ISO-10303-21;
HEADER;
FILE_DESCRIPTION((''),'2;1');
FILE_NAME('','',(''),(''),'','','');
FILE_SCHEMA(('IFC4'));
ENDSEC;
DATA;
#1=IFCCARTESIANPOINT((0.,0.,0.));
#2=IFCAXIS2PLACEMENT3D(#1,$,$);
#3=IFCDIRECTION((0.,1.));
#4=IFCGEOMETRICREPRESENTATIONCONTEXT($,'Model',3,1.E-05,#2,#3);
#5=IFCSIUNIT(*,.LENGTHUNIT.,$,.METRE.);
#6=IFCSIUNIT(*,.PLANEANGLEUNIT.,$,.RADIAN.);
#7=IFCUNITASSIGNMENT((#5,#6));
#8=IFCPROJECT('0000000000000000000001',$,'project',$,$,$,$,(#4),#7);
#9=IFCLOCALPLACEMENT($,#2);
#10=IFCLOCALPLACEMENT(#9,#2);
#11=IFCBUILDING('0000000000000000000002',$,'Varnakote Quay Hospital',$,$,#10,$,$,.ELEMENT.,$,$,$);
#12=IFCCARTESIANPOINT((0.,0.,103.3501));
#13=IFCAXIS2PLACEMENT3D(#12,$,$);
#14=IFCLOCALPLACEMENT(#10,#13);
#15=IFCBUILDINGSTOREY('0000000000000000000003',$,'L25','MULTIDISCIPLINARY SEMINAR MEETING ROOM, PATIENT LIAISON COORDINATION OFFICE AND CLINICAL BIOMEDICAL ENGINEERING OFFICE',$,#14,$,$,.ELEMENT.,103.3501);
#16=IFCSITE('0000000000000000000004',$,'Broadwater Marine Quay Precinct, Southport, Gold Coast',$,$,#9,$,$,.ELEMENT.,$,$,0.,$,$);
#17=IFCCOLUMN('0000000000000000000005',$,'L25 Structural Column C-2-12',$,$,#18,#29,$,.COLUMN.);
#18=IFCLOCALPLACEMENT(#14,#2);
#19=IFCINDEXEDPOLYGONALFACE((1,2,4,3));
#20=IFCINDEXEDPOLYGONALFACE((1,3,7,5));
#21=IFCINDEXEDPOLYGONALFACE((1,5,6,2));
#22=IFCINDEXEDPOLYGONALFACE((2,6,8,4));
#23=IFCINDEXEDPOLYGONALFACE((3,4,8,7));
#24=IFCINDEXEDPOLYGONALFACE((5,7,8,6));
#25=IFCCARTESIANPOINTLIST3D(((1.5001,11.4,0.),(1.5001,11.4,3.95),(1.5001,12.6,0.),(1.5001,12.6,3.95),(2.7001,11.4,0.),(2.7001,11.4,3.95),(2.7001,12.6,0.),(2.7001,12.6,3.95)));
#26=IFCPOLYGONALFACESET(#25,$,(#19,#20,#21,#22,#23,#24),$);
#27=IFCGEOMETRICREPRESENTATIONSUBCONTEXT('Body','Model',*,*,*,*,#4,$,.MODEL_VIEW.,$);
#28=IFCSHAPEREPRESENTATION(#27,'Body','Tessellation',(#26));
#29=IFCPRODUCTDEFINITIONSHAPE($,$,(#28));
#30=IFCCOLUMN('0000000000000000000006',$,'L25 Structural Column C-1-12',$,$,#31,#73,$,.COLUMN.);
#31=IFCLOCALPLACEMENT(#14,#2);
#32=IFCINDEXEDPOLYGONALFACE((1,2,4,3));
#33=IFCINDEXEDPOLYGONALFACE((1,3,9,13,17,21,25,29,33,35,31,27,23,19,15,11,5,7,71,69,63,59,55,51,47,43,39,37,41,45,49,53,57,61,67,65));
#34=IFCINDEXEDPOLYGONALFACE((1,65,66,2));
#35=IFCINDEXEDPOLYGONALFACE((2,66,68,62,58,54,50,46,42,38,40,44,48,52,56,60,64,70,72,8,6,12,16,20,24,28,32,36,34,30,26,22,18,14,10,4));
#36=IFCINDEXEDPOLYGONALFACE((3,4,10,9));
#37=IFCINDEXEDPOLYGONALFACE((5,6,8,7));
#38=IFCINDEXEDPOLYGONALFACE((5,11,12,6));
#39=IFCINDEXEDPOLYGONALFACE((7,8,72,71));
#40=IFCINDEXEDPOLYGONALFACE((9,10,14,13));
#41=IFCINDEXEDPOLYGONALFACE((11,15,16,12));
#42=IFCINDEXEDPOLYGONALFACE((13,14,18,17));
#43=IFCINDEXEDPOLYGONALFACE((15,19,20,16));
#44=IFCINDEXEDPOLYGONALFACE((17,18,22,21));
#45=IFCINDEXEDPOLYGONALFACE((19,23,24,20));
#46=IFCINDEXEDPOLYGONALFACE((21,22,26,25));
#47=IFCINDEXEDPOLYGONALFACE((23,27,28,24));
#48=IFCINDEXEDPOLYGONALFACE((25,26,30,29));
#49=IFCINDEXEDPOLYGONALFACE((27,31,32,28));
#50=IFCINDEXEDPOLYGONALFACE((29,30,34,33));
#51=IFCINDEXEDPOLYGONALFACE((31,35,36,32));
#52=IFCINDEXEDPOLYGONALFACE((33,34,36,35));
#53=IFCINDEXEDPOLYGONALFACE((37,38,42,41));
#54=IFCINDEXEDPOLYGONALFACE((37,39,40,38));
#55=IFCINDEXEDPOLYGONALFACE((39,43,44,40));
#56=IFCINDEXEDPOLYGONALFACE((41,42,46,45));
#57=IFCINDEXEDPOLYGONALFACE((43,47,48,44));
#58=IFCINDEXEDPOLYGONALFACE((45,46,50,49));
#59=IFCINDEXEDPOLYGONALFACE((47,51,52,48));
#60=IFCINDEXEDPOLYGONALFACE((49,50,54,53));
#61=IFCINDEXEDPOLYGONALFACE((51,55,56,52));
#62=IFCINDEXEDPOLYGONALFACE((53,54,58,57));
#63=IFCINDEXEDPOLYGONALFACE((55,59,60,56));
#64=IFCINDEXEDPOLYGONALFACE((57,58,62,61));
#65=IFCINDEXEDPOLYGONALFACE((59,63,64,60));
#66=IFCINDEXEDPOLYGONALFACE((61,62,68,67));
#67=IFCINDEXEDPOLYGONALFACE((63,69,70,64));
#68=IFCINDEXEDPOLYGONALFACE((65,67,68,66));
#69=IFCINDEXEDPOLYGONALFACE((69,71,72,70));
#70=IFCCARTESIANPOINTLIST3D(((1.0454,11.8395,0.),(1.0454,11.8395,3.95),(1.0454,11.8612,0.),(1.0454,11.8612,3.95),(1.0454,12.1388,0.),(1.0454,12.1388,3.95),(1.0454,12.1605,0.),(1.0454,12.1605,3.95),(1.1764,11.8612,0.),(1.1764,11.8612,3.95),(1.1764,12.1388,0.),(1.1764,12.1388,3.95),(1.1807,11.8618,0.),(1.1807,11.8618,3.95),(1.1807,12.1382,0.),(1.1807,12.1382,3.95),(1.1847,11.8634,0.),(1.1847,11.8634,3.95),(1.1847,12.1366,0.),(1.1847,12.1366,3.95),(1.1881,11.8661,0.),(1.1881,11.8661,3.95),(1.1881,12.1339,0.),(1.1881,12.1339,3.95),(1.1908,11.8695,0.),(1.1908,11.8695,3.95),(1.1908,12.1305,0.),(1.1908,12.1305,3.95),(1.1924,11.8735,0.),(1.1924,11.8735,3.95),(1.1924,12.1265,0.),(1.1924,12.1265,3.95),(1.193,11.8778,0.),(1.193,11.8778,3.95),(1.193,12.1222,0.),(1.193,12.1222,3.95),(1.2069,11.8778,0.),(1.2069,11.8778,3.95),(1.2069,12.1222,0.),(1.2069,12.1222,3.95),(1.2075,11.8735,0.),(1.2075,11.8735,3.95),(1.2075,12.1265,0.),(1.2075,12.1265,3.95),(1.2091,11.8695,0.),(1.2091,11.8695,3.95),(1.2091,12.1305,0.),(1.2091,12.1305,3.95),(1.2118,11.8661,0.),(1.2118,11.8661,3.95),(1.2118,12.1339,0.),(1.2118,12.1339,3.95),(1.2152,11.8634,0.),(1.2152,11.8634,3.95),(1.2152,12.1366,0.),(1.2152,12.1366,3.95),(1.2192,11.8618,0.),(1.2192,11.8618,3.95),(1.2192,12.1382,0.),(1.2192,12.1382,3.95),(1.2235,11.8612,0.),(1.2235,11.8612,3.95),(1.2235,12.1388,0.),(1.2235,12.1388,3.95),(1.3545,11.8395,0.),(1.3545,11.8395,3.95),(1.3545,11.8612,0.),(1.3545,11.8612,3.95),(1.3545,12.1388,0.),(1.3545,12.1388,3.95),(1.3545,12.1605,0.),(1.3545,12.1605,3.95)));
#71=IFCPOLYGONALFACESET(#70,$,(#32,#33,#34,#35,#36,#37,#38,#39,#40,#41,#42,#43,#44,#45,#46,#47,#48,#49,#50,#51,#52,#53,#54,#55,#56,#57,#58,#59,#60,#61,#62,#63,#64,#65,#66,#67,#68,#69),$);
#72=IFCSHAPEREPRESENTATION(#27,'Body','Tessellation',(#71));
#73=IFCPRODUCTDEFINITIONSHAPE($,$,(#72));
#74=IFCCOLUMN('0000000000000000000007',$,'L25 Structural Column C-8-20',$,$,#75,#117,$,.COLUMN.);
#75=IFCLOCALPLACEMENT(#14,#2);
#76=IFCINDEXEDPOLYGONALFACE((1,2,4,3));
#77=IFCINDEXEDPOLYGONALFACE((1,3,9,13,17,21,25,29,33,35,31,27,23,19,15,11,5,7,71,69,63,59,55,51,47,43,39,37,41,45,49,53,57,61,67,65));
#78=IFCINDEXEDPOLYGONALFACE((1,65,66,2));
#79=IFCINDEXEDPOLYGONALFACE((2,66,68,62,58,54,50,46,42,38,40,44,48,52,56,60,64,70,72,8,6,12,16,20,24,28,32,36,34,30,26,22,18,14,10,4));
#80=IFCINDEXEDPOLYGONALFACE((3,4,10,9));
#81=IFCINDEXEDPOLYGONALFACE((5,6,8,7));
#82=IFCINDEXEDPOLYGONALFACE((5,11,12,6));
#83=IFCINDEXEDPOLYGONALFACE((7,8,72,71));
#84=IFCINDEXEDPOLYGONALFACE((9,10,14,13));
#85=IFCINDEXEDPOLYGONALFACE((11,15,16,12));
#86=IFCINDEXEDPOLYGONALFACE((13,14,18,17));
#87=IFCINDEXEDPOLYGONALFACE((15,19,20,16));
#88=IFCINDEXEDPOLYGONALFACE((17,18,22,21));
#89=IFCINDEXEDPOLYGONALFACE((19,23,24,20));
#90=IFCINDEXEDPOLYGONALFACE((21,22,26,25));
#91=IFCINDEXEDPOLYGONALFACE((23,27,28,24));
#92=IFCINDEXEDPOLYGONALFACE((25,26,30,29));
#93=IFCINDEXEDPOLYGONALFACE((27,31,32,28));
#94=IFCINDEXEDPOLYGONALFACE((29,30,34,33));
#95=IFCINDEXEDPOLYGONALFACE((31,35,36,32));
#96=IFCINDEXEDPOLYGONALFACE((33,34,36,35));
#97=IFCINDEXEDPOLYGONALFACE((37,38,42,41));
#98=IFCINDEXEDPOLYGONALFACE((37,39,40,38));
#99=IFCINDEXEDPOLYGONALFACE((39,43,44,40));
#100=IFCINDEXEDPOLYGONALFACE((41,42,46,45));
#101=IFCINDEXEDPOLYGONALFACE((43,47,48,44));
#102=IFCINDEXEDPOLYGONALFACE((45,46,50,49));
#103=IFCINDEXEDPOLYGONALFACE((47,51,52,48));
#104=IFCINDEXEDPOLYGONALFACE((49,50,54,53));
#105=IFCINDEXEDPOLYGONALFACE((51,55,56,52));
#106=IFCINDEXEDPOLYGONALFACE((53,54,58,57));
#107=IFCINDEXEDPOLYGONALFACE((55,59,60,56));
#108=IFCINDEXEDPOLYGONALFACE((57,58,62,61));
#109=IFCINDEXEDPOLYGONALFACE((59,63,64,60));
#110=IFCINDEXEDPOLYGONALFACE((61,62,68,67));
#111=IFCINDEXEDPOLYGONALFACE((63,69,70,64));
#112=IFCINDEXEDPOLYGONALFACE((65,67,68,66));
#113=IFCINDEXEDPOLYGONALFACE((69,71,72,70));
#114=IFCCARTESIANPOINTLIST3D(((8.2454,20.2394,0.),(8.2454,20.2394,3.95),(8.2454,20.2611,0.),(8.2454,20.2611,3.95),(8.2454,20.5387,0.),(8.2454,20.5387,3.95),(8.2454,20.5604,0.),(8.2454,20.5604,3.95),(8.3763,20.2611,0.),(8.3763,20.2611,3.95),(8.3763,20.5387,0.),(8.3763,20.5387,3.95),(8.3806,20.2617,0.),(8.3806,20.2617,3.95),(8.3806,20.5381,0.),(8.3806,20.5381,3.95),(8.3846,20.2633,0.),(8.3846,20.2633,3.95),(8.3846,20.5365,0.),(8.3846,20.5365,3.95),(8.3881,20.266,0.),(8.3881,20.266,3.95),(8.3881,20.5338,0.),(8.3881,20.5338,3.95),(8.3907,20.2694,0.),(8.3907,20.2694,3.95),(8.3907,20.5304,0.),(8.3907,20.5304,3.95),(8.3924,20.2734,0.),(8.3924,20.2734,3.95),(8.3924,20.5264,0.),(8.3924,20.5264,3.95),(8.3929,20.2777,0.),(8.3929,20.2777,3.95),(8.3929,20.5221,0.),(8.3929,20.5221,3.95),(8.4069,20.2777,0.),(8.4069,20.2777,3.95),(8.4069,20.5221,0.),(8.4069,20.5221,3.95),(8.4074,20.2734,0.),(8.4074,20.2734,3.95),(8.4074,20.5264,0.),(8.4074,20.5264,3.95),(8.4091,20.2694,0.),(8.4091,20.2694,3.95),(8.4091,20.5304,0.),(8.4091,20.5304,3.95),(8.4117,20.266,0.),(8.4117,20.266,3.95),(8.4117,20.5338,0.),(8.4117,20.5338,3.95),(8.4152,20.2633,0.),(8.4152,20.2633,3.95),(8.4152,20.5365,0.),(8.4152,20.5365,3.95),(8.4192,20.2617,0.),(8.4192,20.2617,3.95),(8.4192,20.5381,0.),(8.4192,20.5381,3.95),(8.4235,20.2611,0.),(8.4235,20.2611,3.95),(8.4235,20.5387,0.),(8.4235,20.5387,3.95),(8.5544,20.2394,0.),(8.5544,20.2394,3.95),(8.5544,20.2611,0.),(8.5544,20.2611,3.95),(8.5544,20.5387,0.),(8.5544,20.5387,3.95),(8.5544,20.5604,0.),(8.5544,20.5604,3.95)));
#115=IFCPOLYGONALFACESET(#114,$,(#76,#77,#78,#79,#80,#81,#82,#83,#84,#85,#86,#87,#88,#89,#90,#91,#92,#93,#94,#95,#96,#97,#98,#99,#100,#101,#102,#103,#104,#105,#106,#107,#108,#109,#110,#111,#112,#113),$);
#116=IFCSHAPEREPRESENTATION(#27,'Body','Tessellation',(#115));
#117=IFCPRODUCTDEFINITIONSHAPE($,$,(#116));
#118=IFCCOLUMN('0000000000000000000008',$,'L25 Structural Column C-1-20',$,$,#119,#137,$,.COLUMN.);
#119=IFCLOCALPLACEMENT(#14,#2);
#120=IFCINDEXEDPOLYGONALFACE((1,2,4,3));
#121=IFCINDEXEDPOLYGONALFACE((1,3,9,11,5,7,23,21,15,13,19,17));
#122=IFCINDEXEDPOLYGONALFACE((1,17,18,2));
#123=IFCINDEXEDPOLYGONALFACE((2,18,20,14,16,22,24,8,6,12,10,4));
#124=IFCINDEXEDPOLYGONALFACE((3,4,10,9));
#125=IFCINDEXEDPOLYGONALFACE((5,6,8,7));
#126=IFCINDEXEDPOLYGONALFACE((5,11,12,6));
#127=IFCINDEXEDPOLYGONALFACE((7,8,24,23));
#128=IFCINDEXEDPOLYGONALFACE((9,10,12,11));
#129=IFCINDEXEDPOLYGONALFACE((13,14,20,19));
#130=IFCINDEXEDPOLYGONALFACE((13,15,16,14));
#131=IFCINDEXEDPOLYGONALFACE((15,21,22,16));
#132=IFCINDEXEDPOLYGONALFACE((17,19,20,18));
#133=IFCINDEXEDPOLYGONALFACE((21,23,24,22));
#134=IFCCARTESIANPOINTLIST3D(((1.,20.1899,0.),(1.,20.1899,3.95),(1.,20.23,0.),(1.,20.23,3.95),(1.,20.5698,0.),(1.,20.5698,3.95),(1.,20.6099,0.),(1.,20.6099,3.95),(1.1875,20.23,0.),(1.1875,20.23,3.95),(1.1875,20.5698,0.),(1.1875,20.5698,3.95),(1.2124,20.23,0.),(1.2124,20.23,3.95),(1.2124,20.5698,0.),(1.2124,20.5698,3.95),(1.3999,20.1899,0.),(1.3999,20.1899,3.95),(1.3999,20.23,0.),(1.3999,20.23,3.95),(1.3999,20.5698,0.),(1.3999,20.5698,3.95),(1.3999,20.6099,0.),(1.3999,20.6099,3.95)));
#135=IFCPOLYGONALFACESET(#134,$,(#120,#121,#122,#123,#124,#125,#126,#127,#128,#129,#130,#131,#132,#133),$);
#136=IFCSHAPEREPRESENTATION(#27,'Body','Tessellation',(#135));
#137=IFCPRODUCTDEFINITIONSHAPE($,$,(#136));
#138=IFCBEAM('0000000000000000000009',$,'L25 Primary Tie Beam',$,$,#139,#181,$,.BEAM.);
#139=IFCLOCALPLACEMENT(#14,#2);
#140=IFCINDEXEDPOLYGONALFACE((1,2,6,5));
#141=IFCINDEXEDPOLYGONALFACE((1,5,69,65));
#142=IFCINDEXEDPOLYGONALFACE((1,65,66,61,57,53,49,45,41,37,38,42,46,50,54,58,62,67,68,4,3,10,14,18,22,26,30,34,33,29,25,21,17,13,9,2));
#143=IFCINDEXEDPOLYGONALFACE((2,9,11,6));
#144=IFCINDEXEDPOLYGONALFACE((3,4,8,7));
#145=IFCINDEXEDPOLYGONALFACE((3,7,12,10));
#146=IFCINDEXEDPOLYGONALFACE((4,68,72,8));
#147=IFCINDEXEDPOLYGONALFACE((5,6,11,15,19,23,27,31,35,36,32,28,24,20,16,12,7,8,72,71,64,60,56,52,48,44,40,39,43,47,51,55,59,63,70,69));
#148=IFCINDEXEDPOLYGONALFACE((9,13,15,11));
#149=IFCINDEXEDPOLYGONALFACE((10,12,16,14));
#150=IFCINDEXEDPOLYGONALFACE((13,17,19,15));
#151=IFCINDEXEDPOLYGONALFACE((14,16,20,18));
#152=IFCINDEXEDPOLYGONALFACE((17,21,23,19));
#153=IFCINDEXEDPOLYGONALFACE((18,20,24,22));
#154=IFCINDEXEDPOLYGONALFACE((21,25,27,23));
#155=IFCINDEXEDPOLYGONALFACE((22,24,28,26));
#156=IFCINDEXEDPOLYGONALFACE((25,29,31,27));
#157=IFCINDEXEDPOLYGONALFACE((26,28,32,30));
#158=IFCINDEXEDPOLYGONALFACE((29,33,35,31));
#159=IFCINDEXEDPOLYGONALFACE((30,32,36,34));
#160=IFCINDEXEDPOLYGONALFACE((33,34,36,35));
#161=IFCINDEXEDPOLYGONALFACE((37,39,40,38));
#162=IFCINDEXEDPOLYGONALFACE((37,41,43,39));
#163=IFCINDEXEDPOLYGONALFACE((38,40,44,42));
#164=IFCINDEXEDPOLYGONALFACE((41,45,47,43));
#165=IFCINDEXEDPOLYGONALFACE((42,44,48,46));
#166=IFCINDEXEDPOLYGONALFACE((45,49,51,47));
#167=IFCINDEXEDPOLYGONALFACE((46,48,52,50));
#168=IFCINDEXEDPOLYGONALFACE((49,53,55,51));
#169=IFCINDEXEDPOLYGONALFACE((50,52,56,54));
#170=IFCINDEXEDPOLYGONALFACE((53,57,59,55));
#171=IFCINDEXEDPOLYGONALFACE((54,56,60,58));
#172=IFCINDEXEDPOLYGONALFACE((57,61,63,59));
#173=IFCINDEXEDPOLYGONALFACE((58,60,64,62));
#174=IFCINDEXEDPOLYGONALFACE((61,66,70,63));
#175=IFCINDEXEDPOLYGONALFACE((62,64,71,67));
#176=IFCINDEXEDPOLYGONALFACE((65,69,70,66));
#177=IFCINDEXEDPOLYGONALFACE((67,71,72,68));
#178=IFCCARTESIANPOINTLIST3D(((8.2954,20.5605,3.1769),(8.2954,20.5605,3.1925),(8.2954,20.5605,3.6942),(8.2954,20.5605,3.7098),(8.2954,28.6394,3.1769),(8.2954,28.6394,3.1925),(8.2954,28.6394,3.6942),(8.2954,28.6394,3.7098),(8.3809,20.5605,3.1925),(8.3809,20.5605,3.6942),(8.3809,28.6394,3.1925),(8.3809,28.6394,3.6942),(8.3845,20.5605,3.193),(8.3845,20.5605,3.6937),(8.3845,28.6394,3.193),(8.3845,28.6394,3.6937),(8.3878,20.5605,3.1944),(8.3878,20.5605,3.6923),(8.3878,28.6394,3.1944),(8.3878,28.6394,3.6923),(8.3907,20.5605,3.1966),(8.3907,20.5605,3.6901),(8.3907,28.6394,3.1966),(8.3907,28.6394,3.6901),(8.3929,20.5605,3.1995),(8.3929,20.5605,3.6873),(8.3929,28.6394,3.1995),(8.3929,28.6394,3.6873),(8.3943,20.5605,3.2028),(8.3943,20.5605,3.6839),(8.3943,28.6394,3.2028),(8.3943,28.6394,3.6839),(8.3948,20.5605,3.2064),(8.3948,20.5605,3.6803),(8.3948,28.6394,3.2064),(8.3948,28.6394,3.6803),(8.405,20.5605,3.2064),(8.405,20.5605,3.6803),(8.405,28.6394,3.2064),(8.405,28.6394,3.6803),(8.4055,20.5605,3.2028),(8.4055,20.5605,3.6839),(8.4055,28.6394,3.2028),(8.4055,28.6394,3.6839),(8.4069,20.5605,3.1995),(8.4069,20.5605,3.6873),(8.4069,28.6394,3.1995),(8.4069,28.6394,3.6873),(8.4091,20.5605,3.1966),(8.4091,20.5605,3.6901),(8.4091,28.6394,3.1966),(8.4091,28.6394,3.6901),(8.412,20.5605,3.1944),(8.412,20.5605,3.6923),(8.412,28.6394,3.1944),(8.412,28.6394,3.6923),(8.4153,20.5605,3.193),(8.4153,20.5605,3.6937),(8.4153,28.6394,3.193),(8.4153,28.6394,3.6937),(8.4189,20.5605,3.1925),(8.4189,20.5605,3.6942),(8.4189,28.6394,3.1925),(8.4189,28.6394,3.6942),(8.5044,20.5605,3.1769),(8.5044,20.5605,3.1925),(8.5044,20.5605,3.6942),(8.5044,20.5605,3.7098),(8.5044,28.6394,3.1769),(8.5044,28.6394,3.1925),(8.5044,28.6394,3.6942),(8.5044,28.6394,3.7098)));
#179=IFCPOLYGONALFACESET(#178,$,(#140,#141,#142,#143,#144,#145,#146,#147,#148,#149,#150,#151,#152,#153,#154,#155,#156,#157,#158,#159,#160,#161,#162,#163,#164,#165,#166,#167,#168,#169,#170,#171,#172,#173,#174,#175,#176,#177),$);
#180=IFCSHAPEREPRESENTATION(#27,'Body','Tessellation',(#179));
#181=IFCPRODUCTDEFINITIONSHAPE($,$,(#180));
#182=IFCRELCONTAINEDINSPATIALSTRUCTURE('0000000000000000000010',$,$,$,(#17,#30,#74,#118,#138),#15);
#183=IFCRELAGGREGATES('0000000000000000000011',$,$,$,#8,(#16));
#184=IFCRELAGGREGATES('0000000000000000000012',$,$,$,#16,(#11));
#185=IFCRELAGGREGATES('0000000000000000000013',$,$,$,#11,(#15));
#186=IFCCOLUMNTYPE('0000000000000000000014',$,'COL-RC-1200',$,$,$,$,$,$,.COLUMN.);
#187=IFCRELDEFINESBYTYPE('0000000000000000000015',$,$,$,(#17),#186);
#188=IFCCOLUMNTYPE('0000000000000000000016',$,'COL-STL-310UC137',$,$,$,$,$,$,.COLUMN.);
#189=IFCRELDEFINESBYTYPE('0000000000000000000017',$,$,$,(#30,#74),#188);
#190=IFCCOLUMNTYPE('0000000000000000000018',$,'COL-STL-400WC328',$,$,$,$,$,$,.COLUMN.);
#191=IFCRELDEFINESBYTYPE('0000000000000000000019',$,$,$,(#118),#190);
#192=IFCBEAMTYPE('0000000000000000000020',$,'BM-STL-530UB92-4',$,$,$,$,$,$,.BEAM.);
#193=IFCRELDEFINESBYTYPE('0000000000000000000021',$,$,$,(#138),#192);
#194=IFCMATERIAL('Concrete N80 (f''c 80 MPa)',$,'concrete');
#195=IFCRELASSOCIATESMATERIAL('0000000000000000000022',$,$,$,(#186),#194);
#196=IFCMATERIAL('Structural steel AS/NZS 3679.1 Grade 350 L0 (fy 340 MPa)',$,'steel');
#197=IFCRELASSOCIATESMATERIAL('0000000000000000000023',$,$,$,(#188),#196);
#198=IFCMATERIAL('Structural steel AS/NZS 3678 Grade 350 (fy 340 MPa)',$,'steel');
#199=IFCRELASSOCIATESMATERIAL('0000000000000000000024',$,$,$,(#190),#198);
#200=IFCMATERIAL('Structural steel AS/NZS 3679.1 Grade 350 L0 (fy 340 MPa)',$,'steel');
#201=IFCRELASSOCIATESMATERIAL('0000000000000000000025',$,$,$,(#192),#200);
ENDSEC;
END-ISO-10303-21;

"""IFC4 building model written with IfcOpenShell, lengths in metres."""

from ifc_helpers import new_model, si_unit, direction, frame, origin, origin_2d, place, context, subcontext, project, spatial, rectangle, i_section, extrude, material, material_profile, profile_set, type_object, element, save


model = new_model("IFC4")

# Units and contexts
model_context = context("Model", 3, precision=1e-05, world=origin(), true_north=direction((0.0, 1.0)))
body_context = subcontext(model_context, "Body", "Model", "MODEL_VIEW")
ifc_project = project(units=[si_unit("LENGTHUNIT", "METRE"), si_unit("PLANEANGLEUNIT", "RADIAN")], contexts=[model_context])

# Site, building, storey
site_placement = place(None, origin())
site = spatial("IfcSite", under=ifc_project, at=site_placement, Name="Broadwater Marine Quay Precinct, Southport, Gold Coast", CompositionType="ELEMENT", RefElevation=0.0)
building_placement = place(site_placement, origin())
building = spatial("IfcBuilding", under=site, at=building_placement, Name="Varnakote Quay Hospital", CompositionType="ELEMENT")
storey_placement = place(building_placement, frame((0.0, 0.0, 103.3501)))
storey = spatial("IfcBuildingStorey", under=building, at=storey_placement, Name="L25", Description="MULTIDISCIPLINARY SEMINAR MEETING ROOM, PATIENT LIAISON COORDINATION OFFICE AND CLINICAL BIOMEDICAL ENGINEERING OFFICE", CompositionType="ELEMENT", Elevation=103.3501)

# Columns
ifc_material_1 = material(Name="Concrete N80 (f'c 80 MPa)", Category="concrete")
ifc_material_profile_1 = material_profile(ifc_material_1, rectangle(XDim=1.2, YDim=1.2, at=origin_2d()), Name="RC-COL-1200x1200")
ifc_profile_set_1 = profile_set([ifc_material_profile_1], Name="Concrete N80 (f'c 80 MPa)")
column_type_1 = type_object("IfcColumnType", Name="COL-RC-1200", PredefinedType="COLUMN", material=ifc_profile_set_1)
column_1_placement = place(storey_placement, frame((2.1001, 12.0, 0.0), z_axis=(0.0, 0.0, 1.0), x_axis=(1.0, 0.0, 0.0)))
element("IfcColumn", 1, at=column_1_placement, inside=storey, type_object=column_type_1, Name="L25 Structural Column C-2-12", PredefinedType="COLUMN", context=body_context, shape_type="SweptSolid", body=[
    extrude(rectangle(XDim=1.2, YDim=1.2, at=origin_2d()), origin(), (0.0, 0.0, 1.0), 3.95),
])
ifc_material_2 = material(Name="Structural steel AS/NZS 3679.1 Grade 350 L0 (fy 340 MPa)", Category="steel")
ifc_material_profile_2 = material_profile(ifc_material_2, i_section(OverallWidth=0.3091, OverallDepth=0.321, WebThickness=0.0139, FlangeThickness=0.0217, FilletRadius=0.0166, at=origin_2d()), Name="310UC137")
ifc_profile_set_2 = profile_set([ifc_material_profile_2], Name="Structural steel AS/NZS 3679.1 Grade 350 L0 (fy 340 MPa)")
column_type_2 = type_object("IfcColumnType", Name="COL-STL-310UC137", PredefinedType="COLUMN", material=ifc_profile_set_2)
for number, where, z_axis, x_axis, name in (
    (2, (1.2, 12.0, 0.0), (0.0, 0.0, 1.0), (1.0, 0.0, 0.0), "L25 Structural Column C-1-12"),
    (3, (8.3999, 20.3999, 0.0), (0.0, 0.0, 1.0), (1.0, 0.0, 0.0), "L25 Structural Column C-8-20"),
):
    element("IfcColumn", number, at=place(storey_placement, frame(where, z_axis=z_axis, x_axis=x_axis)), inside=storey, type_object=column_type_2, Name=name, PredefinedType="COLUMN", context=body_context, shape_type="SweptSolid", body=[
        extrude(i_section(OverallWidth=0.3091, OverallDepth=0.321, WebThickness=0.0139, FlangeThickness=0.0217, FilletRadius=0.0166, at=origin_2d()), origin(), (0.0, 0.0, 1.0), 3.95),
    ])
ifc_material_3 = material(Name="Structural steel AS/NZS 3678 Grade 350 (fy 340 MPa)", Category="steel")
ifc_material_profile_3 = material_profile(ifc_material_3, i_section(OverallWidth=0.3999, OverallDepth=0.4199, WebThickness=0.0249, FlangeThickness=0.04, at=origin_2d()), Name="400WC328")
ifc_profile_set_3 = profile_set([ifc_material_profile_3], Name="Structural steel AS/NZS 3678 Grade 350 (fy 340 MPa)")
column_type_3 = type_object("IfcColumnType", Name="COL-STL-400WC328", PredefinedType="COLUMN", material=ifc_profile_set_3)
column_2_placement = place(storey_placement, frame((1.2, 20.3999, 0.0), z_axis=(0.0, 0.0, 1.0), x_axis=(1.0, 0.0, 0.0)))
element("IfcColumn", 4, at=column_2_placement, inside=storey, type_object=column_type_3, Name="L25 Structural Column C-1-20", PredefinedType="COLUMN", context=body_context, shape_type="SweptSolid", body=[
    extrude(i_section(OverallWidth=0.3999, OverallDepth=0.4199, WebThickness=0.0249, FlangeThickness=0.04, at=origin_2d()), origin(), (0.0, 0.0, 1.0), 3.95),
])

# Beam
ifc_material_4 = material(Name="Structural steel AS/NZS 3679.1 Grade 350 L0 (fy 340 MPa)", Category="steel")
ifc_material_profile_4 = material_profile(ifc_material_4, i_section(OverallWidth=0.209, OverallDepth=0.533, WebThickness=0.0103, FlangeThickness=0.0156, FilletRadius=0.0139, at=origin_2d()), Name="530UB92.4")
ifc_profile_set_4 = profile_set([ifc_material_profile_4], Name="Structural steel AS/NZS 3679.1 Grade 350 L0 (fy 340 MPa)")
beam_type_1 = type_object("IfcBeamType", Name="BM-STL-530UB92-4", PredefinedType="BEAM", material=ifc_profile_set_4)
beam_1_placement = place(storey_placement, frame((8.3999, 20.5605, 3.4434), z_axis=(0.0, 1.0, 0.0), x_axis=(-1.0, 0.0, 0.0)))
element("IfcBeam", 5, at=beam_1_placement, inside=storey, type_object=beam_type_1, Name="L25 Primary Tie Beam", PredefinedType="BEAM", context=body_context, shape_type="SweptSolid", body=[
    extrude(i_section(OverallWidth=0.209, OverallDepth=0.533, WebThickness=0.0103, FlangeThickness=0.0156, FilletRadius=0.0139, at=origin_2d()), origin(), (0.0, 0.0, 1.0), 8.0789),
])

save(model, "model.ifc")
